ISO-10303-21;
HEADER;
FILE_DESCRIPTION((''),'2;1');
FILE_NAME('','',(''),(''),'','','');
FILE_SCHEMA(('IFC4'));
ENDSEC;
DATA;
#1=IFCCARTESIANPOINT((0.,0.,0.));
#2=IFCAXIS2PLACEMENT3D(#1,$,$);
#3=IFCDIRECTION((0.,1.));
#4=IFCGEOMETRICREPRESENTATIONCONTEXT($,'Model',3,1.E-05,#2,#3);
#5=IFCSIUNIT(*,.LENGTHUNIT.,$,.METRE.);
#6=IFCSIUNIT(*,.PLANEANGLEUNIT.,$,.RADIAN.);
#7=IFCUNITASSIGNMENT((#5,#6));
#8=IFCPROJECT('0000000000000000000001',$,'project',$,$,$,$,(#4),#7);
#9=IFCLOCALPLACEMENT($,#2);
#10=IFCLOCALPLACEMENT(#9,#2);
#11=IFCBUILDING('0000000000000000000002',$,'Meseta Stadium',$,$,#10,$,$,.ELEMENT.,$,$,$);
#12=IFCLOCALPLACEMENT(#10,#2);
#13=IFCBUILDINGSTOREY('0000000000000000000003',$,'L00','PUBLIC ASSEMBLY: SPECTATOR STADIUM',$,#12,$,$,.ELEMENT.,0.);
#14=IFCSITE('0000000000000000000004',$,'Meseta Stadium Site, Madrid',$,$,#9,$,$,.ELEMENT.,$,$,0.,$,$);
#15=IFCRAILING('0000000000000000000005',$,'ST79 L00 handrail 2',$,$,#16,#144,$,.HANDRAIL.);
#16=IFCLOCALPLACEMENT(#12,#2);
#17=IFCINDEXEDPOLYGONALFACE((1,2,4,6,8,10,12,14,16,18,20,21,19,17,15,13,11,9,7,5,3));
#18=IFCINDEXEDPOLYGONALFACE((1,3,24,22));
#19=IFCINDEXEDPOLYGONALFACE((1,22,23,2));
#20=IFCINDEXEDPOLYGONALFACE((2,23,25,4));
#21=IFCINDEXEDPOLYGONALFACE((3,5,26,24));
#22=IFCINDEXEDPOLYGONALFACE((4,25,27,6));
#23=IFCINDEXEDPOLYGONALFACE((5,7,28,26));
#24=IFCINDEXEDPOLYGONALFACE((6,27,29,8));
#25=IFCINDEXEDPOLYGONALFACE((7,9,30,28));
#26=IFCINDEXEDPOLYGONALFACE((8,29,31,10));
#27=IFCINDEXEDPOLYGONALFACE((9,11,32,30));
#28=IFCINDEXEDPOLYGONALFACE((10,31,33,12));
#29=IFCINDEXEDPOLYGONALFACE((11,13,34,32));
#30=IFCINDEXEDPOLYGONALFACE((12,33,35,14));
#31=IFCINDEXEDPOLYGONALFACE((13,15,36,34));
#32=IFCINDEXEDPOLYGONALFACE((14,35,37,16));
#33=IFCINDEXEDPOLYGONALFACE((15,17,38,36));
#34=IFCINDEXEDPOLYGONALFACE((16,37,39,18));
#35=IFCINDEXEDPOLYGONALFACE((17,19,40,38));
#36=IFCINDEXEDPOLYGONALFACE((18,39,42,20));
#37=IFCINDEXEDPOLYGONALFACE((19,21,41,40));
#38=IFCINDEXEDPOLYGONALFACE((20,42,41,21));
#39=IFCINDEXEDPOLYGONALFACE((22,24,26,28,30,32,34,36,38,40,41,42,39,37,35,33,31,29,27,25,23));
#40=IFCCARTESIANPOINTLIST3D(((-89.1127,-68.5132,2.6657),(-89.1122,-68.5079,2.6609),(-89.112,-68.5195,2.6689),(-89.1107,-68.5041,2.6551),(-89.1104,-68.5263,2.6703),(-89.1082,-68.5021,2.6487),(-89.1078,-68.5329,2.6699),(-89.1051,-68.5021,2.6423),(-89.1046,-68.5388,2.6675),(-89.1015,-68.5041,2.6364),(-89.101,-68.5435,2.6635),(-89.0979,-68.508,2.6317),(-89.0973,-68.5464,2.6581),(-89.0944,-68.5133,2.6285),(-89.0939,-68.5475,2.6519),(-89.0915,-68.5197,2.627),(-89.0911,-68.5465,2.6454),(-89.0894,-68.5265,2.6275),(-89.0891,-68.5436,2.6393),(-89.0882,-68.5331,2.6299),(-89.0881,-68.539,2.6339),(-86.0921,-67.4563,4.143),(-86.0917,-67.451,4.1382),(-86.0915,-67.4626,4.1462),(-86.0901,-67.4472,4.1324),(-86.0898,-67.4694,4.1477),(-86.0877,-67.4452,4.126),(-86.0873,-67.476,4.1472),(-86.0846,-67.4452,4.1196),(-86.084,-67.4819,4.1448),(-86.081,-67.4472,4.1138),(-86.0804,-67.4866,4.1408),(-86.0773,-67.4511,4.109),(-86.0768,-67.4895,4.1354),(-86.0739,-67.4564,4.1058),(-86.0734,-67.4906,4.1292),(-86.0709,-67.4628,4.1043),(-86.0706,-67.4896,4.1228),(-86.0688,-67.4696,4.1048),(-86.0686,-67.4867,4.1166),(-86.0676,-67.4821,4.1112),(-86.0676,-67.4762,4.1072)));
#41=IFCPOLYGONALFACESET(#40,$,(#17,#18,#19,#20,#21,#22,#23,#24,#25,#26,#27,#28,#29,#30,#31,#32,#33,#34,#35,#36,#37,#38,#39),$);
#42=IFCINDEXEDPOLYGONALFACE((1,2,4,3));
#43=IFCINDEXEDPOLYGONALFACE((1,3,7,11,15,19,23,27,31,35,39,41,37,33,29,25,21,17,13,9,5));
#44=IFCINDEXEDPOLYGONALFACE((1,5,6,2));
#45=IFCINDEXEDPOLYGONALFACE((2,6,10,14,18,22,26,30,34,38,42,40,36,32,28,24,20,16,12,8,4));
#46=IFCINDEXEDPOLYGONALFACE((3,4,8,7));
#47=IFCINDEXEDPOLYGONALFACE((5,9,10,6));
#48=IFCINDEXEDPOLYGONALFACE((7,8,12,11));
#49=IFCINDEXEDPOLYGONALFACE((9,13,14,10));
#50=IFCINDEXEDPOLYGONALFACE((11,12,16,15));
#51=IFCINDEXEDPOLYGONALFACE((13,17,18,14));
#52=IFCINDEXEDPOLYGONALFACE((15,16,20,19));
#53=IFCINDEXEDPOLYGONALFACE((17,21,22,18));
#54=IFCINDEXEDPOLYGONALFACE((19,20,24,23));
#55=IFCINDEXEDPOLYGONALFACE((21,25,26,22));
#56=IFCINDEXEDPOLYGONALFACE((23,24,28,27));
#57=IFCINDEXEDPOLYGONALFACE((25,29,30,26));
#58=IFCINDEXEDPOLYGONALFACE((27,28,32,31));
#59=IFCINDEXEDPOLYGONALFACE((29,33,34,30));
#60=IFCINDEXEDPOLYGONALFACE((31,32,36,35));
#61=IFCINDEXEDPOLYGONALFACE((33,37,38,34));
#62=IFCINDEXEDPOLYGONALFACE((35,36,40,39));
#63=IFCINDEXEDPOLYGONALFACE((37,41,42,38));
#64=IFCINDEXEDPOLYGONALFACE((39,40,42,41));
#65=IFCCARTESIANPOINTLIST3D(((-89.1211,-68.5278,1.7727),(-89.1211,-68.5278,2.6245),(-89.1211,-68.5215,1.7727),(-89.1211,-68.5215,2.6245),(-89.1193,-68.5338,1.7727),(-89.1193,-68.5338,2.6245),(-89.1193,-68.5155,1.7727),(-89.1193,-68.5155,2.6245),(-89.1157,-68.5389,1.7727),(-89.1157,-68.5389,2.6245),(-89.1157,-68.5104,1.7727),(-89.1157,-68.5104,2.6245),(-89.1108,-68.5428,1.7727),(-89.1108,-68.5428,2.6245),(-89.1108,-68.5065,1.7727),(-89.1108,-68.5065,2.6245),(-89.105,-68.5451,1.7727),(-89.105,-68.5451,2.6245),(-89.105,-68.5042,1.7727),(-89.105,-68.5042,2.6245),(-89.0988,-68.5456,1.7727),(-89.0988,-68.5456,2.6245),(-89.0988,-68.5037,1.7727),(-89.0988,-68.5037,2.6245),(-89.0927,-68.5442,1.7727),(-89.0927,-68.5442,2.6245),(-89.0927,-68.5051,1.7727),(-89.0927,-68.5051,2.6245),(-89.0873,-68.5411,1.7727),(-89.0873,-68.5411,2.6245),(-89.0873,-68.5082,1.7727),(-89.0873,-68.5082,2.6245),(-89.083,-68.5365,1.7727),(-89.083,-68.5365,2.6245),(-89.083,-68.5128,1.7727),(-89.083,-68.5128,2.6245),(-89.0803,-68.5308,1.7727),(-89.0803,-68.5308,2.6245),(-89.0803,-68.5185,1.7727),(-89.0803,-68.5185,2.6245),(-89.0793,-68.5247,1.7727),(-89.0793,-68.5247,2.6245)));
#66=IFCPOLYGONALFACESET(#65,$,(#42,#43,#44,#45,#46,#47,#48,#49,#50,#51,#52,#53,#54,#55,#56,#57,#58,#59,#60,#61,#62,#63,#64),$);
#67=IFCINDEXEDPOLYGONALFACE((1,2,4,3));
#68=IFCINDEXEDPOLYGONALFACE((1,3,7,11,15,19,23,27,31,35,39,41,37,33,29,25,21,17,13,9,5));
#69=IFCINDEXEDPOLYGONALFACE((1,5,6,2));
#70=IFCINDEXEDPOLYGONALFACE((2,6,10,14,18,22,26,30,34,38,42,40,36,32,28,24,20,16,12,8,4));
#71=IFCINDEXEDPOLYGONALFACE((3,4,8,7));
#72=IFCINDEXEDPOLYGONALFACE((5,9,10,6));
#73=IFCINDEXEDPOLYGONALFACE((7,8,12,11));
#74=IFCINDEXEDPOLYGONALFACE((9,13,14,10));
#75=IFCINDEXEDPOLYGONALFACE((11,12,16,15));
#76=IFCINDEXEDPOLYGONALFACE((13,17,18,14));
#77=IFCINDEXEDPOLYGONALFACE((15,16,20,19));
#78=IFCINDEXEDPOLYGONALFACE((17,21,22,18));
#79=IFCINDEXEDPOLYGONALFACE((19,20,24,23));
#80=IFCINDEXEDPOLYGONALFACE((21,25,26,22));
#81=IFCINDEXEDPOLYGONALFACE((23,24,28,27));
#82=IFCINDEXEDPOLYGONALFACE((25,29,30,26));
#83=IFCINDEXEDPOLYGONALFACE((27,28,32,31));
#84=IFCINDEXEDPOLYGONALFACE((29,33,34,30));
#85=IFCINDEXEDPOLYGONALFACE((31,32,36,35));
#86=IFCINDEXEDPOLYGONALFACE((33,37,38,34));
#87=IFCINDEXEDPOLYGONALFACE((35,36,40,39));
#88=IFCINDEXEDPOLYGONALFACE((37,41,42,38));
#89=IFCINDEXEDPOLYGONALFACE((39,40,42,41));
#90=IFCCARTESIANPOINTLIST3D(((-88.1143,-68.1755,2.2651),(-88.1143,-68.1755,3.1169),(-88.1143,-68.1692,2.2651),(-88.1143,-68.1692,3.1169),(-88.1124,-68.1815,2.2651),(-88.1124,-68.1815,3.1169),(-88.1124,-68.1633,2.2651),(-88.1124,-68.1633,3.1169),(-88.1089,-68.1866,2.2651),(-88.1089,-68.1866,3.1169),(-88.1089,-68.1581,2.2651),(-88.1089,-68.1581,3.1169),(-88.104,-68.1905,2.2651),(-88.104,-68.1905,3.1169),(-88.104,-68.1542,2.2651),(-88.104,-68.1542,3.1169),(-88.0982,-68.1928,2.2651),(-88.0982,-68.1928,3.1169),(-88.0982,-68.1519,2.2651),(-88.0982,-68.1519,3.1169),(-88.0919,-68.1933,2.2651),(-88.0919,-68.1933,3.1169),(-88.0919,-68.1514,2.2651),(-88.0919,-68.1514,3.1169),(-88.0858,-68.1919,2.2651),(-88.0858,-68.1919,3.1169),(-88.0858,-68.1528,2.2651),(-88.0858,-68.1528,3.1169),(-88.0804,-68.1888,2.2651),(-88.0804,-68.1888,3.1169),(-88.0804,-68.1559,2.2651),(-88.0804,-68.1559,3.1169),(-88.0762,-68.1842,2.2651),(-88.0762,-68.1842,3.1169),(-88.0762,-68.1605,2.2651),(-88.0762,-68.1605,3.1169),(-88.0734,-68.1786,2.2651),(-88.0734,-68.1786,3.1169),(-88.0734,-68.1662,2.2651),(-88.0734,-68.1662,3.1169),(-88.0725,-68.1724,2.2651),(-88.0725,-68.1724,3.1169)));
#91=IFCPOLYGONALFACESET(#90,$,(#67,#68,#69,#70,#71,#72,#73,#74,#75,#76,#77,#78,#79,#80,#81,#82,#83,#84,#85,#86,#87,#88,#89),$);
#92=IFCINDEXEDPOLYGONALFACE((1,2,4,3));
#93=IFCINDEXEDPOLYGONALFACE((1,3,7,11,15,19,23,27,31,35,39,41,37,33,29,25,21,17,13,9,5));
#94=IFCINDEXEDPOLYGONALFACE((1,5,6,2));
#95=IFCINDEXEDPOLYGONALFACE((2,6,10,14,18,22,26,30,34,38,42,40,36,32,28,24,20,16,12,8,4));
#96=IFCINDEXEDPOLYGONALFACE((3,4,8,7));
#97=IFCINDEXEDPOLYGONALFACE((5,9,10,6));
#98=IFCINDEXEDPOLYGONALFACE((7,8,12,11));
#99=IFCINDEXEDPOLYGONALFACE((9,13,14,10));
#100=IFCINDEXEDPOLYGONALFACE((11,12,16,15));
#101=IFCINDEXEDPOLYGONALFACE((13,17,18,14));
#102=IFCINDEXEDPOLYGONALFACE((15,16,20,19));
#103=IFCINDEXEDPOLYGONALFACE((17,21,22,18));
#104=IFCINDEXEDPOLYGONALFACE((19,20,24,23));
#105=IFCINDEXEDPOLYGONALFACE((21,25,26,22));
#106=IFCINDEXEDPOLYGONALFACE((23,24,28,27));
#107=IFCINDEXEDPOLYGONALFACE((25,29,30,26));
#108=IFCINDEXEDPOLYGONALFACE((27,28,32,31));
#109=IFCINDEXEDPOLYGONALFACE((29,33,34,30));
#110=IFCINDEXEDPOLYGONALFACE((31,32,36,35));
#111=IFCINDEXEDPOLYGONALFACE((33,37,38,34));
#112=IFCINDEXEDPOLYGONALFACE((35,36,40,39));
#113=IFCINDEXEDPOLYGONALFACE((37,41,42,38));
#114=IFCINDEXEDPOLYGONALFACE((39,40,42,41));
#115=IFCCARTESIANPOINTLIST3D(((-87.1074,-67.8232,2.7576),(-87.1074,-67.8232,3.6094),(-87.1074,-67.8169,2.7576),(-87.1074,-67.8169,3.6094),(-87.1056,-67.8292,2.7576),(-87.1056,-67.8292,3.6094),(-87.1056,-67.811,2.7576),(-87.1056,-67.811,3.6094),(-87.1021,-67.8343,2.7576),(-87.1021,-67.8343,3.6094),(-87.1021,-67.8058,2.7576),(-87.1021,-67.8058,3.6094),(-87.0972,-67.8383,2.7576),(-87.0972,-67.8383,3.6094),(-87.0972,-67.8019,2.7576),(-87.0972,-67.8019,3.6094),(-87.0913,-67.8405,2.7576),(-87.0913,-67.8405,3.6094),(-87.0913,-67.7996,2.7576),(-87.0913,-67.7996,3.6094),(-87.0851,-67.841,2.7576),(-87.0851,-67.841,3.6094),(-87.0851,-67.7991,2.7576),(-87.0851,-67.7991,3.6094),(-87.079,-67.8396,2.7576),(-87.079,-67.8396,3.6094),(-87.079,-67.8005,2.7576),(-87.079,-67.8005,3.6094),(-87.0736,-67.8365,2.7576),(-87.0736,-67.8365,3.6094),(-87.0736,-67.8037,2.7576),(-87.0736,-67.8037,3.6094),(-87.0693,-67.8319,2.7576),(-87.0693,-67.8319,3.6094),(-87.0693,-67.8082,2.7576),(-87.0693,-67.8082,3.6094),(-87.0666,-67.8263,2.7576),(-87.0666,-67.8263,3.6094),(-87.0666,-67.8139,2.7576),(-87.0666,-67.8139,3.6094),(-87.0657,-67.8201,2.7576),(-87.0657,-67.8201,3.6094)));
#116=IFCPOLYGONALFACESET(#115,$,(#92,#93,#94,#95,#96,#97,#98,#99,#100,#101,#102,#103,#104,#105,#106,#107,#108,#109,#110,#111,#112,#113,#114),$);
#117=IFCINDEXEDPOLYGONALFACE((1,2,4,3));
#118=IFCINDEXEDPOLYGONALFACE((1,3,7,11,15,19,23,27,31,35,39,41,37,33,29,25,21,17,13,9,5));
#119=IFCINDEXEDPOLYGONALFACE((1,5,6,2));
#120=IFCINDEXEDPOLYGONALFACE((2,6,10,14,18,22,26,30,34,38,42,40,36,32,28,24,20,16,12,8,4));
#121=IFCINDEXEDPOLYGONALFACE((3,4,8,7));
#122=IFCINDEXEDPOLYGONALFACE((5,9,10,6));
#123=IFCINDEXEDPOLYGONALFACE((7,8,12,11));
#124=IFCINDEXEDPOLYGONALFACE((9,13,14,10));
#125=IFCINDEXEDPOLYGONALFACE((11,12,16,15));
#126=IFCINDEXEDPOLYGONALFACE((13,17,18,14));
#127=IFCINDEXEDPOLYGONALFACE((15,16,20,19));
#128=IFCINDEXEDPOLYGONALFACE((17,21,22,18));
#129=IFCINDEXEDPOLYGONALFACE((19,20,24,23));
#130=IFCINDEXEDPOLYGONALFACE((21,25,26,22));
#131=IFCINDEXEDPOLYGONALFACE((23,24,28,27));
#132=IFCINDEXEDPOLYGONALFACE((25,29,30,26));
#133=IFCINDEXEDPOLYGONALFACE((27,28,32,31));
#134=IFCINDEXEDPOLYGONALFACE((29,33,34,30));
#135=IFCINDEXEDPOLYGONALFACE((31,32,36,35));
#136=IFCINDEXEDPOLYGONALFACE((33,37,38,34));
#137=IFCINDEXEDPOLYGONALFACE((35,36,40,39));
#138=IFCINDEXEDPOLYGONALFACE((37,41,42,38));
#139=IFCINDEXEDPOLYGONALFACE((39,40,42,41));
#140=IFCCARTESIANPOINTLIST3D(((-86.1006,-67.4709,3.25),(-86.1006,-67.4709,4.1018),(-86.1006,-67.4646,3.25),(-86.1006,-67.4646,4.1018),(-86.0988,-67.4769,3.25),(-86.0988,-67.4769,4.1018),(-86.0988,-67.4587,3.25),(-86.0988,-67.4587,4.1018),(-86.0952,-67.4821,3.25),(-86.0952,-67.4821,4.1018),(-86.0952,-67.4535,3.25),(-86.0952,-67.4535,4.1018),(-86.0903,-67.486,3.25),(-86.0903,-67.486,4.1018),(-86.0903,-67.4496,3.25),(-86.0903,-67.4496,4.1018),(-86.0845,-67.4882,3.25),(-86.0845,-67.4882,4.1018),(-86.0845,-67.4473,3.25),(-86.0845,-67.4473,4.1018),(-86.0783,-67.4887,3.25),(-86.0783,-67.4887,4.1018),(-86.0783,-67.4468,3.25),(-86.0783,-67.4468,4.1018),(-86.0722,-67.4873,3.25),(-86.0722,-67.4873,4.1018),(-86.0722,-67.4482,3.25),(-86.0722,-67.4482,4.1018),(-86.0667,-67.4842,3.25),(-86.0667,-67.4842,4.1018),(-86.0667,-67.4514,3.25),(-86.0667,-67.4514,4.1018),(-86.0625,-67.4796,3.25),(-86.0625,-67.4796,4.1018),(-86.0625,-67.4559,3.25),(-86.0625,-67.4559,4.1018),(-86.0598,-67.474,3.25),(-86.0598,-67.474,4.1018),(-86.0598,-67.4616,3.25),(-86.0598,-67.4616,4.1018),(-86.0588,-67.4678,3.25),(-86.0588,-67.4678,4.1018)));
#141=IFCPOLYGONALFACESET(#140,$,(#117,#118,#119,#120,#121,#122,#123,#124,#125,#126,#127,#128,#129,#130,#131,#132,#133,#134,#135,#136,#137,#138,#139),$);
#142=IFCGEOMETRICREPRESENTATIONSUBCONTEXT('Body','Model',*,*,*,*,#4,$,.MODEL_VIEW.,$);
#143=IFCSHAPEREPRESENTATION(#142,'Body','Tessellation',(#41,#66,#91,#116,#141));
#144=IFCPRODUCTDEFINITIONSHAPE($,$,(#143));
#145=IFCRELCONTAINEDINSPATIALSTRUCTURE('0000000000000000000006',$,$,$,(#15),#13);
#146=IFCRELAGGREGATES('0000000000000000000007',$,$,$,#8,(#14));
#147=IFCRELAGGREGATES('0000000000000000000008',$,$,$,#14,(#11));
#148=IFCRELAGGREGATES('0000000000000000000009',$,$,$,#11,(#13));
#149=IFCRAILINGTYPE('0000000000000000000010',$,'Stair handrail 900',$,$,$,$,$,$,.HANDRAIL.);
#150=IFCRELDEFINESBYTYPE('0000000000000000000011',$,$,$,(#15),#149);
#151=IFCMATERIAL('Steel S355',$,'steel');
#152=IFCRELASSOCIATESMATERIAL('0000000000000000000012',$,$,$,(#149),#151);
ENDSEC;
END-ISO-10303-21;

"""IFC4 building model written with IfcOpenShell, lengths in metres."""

from ifc_helpers import new_model, si_unit, direction, frame, origin, origin_2d, place, context, subcontext, project, spatial, circle, extrude, material, type_object, element, save


model = new_model("IFC4")

# Units and contexts
model_context = context("Model", 3, precision=1e-05, world=origin(), true_north=direction((0.0, 1.0)))
body_context = subcontext(model_context, "Body", "Model", "MODEL_VIEW")
ifc_project = project(units=[si_unit("LENGTHUNIT", "METRE"), si_unit("PLANEANGLEUNIT", "RADIAN")], contexts=[model_context])

# Site, building, storey
site_placement = place(None, origin())
site = spatial("IfcSite", under=ifc_project, at=site_placement, Name="Meseta Stadium Site, Madrid", CompositionType="ELEMENT", RefElevation=0.0)
building_placement = place(site_placement, origin())
building = spatial("IfcBuilding", under=site, at=building_placement, Name="Meseta Stadium", CompositionType="ELEMENT")
storey_placement = place(building_placement, origin())
storey = spatial("IfcBuildingStorey", under=building, at=storey_placement, Name="L00", Description="PUBLIC ASSEMBLY: SPECTATOR STADIUM", CompositionType="ELEMENT", Elevation=0.0)

# Railing
ifc_material_1 = material(Name="Steel S355", Category="steel")
railing_type_1 = type_object("IfcRailingType", Name="Stair handrail 900", PredefinedType="HANDRAIL", material=ifc_material_1)
for number, where, name in (
    (1, (-89.1003, -68.5247, 1.7727), "ST79 L00 handrail 2"),
):
    element("IfcRailing", number, at=place(storey_placement, frame(where)), inside=storey, type_object=railing_type_1, Name=name, PredefinedType="HANDRAIL", context=body_context, shape_type="SweptSolid", body=[
        extrude(circle(Radius=0.0239, at=origin_2d()), frame((0.0, 0.0, 0.876), z_axis=(0.856977, 0.299859, 0.419137), x_axis=(-0.330269, 0.943887, 0.0)), (0.0, 0.0, 1.0), 3.5247),
        extrude(circle(Radius=0.021, at=origin_2d()), origin(), (0.0, 0.0, 1.0), 0.8518),
        extrude(circle(Radius=0.021, at=origin_2d()), frame((1.0068, 0.3523, 0.4924)), (0.0, 0.0, 1.0), 0.8518),
        extrude(circle(Radius=0.021, at=origin_2d()), frame((2.0137, 0.7046, 0.9849)), (0.0, 0.0, 1.0), 0.8518),
        extrude(circle(Radius=0.021, at=origin_2d()), frame((3.0205, 1.0569, 1.4773)), (0.0, 0.0, 1.0), 0.8518),
    ])

save(model, "model.ifc")
